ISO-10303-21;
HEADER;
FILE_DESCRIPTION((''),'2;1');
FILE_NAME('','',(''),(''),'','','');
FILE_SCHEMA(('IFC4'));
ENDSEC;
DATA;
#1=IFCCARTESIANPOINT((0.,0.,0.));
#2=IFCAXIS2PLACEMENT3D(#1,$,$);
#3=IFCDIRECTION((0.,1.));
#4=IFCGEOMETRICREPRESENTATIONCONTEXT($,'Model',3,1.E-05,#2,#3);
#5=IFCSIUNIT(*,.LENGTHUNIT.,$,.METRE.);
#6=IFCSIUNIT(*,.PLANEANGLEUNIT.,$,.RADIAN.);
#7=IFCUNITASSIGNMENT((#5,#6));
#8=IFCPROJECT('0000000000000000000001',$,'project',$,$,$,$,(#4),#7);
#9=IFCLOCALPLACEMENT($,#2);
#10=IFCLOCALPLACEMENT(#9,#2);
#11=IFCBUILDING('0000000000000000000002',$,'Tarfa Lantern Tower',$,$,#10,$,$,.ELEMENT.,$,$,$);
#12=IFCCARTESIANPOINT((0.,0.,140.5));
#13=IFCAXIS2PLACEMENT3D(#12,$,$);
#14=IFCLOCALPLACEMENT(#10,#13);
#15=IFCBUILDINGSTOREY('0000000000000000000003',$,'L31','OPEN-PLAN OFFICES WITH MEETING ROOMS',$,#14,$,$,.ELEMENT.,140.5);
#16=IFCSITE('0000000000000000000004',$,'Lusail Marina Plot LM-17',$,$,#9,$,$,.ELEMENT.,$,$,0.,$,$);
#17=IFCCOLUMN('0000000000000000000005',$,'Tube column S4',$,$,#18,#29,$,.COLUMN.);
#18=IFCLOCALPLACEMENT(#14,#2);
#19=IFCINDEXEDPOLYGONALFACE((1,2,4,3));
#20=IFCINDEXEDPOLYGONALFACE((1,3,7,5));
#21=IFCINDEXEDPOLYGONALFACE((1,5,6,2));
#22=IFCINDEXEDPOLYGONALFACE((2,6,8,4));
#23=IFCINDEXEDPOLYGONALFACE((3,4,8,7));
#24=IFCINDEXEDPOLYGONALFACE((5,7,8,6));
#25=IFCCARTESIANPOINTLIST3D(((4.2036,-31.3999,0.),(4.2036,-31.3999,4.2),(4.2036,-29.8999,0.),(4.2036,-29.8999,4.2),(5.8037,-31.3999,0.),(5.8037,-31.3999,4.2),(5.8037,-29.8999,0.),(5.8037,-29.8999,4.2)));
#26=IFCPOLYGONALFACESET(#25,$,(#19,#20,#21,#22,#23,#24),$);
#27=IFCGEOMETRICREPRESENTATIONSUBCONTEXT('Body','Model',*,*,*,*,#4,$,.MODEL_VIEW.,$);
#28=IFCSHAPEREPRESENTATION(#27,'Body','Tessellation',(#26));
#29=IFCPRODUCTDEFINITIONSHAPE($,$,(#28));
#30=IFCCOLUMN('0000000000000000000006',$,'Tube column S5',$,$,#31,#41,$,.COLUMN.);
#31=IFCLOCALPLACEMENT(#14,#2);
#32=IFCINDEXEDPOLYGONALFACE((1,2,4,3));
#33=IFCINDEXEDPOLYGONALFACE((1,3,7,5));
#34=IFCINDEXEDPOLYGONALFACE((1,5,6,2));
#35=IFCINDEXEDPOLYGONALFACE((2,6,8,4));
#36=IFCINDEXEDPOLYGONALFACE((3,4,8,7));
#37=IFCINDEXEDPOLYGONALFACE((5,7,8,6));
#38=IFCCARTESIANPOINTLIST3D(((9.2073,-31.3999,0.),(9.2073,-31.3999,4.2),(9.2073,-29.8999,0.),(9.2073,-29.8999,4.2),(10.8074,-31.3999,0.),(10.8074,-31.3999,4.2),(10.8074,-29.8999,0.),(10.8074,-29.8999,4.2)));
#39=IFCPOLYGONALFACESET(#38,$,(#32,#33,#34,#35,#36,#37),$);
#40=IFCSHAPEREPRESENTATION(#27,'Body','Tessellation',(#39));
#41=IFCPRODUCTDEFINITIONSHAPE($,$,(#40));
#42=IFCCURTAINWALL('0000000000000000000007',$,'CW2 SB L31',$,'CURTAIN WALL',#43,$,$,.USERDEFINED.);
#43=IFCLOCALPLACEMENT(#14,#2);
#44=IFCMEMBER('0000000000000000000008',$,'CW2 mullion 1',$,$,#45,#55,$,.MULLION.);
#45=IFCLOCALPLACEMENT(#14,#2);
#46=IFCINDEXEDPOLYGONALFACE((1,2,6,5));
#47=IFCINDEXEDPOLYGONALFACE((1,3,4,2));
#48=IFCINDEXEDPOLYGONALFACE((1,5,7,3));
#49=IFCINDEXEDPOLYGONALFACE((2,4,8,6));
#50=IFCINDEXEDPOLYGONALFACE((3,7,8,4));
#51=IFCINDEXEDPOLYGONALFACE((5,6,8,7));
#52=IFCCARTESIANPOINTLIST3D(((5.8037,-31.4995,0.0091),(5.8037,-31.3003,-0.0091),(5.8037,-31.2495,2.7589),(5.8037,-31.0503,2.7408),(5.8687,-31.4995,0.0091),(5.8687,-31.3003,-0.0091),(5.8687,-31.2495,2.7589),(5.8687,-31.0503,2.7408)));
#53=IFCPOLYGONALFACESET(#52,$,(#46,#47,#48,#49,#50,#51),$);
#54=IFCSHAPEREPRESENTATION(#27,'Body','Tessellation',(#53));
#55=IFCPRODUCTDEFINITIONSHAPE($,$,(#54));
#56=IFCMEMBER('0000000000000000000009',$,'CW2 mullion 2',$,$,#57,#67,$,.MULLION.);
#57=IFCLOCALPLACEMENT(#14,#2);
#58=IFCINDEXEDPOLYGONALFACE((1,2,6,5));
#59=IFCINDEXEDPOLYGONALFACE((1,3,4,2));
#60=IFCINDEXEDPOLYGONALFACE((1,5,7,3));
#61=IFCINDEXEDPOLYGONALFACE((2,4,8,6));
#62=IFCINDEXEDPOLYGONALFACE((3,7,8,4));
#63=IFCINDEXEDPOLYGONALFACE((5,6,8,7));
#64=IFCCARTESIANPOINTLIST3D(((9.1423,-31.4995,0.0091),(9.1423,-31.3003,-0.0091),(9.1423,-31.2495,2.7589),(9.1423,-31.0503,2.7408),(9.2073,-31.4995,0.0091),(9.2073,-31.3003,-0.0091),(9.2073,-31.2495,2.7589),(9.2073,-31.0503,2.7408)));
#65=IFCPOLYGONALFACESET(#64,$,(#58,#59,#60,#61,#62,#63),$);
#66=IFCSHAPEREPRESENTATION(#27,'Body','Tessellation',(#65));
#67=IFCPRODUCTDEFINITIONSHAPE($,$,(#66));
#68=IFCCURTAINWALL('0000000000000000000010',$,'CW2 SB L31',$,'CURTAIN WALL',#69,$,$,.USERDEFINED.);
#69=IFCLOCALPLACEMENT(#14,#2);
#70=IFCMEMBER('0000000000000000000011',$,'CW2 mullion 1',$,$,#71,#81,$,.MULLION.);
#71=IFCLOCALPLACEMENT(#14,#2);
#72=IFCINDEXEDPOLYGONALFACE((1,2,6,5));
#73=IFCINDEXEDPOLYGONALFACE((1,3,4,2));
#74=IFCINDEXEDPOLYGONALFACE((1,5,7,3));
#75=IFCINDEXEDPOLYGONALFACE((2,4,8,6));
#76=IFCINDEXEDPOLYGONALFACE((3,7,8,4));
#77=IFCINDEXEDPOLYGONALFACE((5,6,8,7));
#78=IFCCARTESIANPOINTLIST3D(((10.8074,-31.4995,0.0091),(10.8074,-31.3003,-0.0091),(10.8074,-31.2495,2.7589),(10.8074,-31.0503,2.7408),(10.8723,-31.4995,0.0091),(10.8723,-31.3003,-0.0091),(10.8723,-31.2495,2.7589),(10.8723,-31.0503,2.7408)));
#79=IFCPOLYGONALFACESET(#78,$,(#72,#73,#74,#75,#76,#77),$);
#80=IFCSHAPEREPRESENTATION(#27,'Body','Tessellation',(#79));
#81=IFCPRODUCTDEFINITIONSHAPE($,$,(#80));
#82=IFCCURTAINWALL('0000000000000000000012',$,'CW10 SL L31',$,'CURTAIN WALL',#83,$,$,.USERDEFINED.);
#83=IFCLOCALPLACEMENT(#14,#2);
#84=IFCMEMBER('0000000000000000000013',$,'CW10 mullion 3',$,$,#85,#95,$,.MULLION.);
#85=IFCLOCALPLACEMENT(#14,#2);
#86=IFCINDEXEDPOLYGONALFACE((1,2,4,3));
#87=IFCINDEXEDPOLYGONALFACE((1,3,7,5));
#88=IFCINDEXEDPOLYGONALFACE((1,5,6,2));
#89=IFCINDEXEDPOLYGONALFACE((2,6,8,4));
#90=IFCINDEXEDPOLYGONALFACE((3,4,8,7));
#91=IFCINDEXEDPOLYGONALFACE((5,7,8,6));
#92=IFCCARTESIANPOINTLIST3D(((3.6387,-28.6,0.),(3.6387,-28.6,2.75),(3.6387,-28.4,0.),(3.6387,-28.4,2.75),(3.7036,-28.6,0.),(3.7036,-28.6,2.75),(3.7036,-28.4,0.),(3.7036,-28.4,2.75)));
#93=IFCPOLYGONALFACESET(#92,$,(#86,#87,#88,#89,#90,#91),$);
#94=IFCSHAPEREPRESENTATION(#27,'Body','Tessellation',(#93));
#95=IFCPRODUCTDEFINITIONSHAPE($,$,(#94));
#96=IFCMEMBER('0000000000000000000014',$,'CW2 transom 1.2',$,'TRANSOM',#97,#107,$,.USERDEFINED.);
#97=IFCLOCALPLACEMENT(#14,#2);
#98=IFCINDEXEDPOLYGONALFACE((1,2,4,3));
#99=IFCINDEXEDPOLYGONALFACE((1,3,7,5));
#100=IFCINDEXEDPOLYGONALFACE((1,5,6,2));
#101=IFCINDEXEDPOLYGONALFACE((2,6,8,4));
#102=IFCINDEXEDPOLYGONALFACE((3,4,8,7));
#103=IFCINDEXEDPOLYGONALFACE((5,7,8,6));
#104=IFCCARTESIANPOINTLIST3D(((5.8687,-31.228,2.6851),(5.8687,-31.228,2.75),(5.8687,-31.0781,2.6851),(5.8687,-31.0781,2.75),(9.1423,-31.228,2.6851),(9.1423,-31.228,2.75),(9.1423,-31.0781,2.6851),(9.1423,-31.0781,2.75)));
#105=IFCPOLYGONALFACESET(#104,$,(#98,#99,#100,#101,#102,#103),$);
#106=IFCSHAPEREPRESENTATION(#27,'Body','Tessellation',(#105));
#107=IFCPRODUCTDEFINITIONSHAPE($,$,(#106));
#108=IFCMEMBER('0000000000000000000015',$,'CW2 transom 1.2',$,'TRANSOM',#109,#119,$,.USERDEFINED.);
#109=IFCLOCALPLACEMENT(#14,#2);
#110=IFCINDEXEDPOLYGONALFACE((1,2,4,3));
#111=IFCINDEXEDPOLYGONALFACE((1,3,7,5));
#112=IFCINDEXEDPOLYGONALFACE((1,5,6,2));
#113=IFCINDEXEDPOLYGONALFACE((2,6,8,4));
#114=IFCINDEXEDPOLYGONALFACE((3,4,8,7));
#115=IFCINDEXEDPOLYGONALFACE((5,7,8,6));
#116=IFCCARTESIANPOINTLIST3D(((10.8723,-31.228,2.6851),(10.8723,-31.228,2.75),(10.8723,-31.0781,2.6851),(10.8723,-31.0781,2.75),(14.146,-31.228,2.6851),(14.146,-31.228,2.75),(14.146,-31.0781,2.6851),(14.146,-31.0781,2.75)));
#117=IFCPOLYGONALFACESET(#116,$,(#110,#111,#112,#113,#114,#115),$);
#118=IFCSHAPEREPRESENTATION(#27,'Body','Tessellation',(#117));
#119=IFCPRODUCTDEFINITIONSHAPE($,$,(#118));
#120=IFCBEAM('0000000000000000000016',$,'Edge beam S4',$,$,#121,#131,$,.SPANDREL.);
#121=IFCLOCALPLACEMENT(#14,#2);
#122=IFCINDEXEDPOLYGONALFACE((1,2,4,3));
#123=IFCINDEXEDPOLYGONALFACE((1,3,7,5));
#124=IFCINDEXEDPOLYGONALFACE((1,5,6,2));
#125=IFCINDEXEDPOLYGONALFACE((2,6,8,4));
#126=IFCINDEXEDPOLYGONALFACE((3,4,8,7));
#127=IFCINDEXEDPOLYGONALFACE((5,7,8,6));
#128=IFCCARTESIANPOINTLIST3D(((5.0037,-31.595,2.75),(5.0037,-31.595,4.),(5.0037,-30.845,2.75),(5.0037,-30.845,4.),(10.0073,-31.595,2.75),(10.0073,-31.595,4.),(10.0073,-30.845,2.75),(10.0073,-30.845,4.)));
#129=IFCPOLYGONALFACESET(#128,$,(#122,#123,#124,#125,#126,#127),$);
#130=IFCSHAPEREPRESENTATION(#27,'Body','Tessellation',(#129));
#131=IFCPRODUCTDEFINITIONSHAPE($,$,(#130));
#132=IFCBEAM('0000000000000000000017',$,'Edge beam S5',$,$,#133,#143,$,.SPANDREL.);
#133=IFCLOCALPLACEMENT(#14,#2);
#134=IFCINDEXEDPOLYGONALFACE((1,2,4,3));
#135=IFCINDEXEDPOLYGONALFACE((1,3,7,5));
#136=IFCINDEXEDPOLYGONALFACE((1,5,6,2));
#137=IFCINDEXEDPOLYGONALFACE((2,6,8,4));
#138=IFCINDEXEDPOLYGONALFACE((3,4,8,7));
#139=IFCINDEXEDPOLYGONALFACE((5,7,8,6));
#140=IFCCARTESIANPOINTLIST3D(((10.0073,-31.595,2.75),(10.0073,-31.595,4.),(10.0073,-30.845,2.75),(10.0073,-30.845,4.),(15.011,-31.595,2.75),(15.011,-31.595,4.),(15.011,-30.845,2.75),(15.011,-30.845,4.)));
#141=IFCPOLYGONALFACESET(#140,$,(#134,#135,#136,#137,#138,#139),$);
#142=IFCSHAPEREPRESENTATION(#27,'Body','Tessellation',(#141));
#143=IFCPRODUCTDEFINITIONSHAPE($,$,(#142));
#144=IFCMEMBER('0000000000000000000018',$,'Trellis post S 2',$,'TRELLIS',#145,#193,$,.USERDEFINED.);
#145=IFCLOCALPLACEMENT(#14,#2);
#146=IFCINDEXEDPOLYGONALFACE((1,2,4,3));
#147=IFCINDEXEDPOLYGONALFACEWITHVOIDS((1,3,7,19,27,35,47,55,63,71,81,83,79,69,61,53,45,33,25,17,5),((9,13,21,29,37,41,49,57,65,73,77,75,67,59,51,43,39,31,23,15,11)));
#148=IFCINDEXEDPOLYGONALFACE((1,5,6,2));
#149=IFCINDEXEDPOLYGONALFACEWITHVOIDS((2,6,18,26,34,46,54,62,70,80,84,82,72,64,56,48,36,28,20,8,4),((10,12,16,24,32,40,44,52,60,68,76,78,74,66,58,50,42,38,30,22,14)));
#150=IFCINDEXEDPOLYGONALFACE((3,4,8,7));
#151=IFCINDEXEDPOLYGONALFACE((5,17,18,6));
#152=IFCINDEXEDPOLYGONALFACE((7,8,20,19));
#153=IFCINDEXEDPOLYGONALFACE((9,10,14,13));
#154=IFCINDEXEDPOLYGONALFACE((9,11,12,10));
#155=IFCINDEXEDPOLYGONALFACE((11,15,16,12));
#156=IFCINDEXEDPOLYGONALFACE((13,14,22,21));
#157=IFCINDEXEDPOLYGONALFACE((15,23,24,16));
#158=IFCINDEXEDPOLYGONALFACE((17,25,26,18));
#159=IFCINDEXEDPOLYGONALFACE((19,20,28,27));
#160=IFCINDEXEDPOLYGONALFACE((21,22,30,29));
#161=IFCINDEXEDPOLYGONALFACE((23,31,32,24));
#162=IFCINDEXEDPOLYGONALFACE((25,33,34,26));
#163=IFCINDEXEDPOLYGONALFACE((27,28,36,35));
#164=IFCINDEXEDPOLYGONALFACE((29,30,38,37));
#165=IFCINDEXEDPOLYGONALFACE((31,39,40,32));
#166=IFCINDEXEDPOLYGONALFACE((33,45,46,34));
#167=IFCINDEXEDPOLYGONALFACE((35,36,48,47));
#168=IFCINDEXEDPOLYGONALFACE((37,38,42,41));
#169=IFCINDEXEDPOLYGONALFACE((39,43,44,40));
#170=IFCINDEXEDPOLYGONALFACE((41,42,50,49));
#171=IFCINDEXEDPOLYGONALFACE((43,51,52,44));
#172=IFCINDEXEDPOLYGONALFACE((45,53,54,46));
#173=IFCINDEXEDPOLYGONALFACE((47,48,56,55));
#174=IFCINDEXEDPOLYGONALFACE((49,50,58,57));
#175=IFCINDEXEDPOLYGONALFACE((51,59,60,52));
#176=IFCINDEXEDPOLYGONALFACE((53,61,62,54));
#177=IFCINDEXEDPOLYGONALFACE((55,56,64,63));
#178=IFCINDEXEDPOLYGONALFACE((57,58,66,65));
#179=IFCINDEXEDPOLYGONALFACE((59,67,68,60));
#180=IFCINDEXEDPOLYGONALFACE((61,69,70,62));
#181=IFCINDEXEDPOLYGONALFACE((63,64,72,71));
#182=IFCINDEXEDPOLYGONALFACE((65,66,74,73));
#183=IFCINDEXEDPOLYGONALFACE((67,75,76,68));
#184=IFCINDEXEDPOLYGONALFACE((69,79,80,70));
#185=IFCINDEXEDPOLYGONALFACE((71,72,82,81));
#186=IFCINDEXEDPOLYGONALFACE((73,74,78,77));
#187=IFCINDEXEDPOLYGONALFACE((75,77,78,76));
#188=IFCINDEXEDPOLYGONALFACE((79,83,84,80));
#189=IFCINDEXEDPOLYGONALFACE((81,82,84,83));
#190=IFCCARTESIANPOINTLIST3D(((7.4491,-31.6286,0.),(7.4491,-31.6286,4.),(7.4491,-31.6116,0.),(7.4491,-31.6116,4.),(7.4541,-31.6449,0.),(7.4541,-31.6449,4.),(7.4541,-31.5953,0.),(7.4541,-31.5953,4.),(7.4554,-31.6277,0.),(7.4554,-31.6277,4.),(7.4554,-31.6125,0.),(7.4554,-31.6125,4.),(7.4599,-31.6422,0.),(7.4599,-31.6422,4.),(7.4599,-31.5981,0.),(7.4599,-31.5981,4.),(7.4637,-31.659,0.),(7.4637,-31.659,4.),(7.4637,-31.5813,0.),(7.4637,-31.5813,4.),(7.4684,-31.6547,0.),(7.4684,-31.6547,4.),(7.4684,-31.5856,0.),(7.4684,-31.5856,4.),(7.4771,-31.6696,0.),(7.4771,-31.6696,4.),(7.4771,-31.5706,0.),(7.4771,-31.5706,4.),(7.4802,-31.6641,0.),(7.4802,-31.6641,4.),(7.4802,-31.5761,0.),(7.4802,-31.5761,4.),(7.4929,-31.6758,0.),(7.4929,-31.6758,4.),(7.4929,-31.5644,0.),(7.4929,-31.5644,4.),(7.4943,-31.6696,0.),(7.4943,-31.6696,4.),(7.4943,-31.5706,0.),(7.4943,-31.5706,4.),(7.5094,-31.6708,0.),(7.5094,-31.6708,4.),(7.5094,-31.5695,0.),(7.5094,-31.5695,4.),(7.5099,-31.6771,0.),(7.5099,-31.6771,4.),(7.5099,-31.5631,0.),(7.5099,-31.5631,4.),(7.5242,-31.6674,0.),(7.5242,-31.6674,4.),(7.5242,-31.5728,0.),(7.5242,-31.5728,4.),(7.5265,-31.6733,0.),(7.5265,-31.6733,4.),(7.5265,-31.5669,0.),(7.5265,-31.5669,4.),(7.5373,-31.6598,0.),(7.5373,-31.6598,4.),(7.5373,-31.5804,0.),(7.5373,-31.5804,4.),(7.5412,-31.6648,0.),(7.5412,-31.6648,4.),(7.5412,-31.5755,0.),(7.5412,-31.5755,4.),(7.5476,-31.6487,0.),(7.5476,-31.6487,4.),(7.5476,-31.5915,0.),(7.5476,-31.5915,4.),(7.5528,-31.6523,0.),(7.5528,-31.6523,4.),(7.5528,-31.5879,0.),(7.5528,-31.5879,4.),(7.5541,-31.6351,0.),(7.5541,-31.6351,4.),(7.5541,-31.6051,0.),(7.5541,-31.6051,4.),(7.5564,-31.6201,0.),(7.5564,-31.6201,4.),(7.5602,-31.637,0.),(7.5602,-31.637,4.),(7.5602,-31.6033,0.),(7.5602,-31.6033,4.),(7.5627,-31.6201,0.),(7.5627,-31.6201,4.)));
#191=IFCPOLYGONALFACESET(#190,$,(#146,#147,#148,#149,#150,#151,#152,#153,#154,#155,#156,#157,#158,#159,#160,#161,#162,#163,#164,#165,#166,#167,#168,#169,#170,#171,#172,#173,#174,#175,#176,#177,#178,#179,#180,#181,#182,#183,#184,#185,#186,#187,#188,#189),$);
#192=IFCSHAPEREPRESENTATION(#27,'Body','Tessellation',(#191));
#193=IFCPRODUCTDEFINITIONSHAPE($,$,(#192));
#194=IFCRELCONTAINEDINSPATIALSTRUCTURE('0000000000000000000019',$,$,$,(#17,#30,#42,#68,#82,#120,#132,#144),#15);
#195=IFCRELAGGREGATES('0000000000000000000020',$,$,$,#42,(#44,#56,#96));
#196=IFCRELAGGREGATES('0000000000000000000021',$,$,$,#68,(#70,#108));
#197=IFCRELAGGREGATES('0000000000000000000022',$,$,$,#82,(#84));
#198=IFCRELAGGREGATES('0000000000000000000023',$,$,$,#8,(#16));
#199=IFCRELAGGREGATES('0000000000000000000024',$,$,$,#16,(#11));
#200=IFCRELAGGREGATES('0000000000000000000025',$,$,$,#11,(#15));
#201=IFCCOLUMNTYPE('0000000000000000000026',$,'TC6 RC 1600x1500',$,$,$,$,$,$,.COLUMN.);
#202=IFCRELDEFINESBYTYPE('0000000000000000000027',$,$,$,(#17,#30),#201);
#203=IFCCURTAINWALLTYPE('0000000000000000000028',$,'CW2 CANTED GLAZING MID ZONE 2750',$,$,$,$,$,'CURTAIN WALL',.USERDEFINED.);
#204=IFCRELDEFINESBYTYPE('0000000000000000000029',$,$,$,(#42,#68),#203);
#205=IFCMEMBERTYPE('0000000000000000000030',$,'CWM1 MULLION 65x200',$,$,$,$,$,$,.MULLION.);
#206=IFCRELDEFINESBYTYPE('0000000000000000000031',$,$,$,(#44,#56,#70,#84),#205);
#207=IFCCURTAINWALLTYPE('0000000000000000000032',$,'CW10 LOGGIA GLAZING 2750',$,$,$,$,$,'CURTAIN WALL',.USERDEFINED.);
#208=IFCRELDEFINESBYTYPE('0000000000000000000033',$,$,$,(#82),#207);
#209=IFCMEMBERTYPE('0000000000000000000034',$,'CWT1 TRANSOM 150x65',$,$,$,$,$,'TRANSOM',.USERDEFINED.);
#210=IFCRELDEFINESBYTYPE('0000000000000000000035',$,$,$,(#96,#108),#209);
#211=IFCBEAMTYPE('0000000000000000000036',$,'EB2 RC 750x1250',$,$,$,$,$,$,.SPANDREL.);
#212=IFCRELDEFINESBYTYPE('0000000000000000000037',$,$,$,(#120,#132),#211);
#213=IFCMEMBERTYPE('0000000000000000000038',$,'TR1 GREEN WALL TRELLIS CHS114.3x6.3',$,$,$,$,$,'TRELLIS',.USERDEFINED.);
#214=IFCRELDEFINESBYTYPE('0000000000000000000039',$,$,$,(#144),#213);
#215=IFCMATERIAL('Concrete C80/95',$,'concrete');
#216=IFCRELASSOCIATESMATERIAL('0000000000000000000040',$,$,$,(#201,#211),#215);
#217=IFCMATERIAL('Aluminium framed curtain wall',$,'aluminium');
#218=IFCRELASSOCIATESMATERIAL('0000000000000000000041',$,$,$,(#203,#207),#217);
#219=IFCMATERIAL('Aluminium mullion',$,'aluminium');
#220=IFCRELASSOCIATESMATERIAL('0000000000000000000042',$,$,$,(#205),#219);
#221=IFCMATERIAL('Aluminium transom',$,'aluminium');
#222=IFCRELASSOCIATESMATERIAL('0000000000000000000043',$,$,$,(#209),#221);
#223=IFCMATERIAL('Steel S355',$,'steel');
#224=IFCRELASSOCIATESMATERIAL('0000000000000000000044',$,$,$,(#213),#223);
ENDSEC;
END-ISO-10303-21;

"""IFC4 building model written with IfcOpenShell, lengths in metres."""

from ifc_helpers import new_model, si_unit, direction, frame, origin, origin_2d, place, context, subcontext, project, spatial, rectangle, hollow_circle, extrude, material, material_profile, profile_set, type_object, element, aggregate, save


model = new_model("IFC4")

# Units and contexts
model_context = context("Model", 3, precision=1e-05, world=origin(), true_north=direction((0.0, 1.0)))
body_context = subcontext(model_context, "Body", "Model", "MODEL_VIEW")
ifc_project = project(units=[si_unit("LENGTHUNIT", "METRE"), si_unit("PLANEANGLEUNIT", "RADIAN")], contexts=[model_context])

# Site, building, storey
site_placement = place(None, origin())
site = spatial("IfcSite", under=ifc_project, at=site_placement, Name="Lusail Marina Plot LM-17", CompositionType="ELEMENT", RefElevation=0.0)
building_placement = place(site_placement, origin())
building = spatial("IfcBuilding", under=site, at=building_placement, Name="Tarfa Lantern Tower", CompositionType="ELEMENT")
storey_placement = place(building_placement, frame((0.0, 0.0, 140.5)))
storey = spatial("IfcBuildingStorey", under=building, at=storey_placement, Name="L31", Description="OPEN-PLAN OFFICES WITH MEETING ROOMS", CompositionType="ELEMENT", Elevation=140.5)

# Columns
ifc_material_1 = material(Name="Concrete C80/95", Category="concrete")
ifc_material_profile_1 = material_profile(ifc_material_1, rectangle(XDim=1.6001, YDim=1.5, at=origin_2d()), Name="RC 1600x1500")
ifc_profile_set_1 = profile_set([ifc_material_profile_1], Name="Concrete C80/95")
column_type = type_object("IfcColumnType", Name="TC6 RC 1600x1500", PredefinedType="COLUMN", material=ifc_profile_set_1)
for number, where, z_axis, x_axis, name in (
    (1, (5.0037, -30.6499, 0.0), (0.0, 0.0, 1.0), (1.0, 0.0, 0.0), "Tube column S4"),
    (2, (10.0073, -30.6499, 0.0), (0.0, 0.0, 1.0), (1.0, 0.0, 0.0), "Tube column S5"),
):
    element("IfcColumn", number, at=place(storey_placement, frame(where, z_axis=z_axis, x_axis=x_axis)), inside=storey, type_object=column_type, Name=name, PredefinedType="COLUMN", context=body_context, shape_type="SweptSolid", body=[
        extrude(rectangle(XDim=1.6001, YDim=1.5, at=origin_2d()), origin(), (0.0, 0.0, 1.0), 4.2),
    ])

# Curtain wall, members
ifc_material_2 = material(Name="Aluminium framed curtain wall", Category="aluminium")
curtain_wall_type_1 = type_object("IfcCurtainWallType", Name="CW2 CANTED GLAZING MID ZONE 2750", ElementType="CURTAIN WALL", PredefinedType="USERDEFINED", material=ifc_material_2)
curtain_wall_1_placement = place(storey_placement, origin())
curtain_wall_1 = element("IfcCurtainWall", 3, at=curtain_wall_1_placement, inside=storey, type_object=curtain_wall_type_1, Name="CW2 SB L31", ObjectType="CURTAIN WALL", PredefinedType="USERDEFINED")
ifc_material_3 = material(Name="Aluminium mullion", Category="aluminium")
ifc_material_profile_2 = material_profile(ifc_material_3, rectangle(XDim=0.0649, YDim=0.2, at=origin_2d()), Name="AL MULLION 65x200")
ifc_profile_set_2 = profile_set([ifc_material_profile_2], Name="Aluminium mullion")
member_type_1 = type_object("IfcMemberType", Name="CWM1 MULLION 65x200", PredefinedType="MULLION", material=ifc_profile_set_2)
member_1_placement = place(storey_placement, frame((5.8362, -31.3999, 0.0), z_axis=(0.0, 0.090536, 0.995893), x_axis=(-1.0, 0.0, 0.0)))
member_1 = element("IfcMember", 4, at=member_1_placement, type_object=member_type_1, Name="CW2 mullion 1", PredefinedType="MULLION", context=body_context, shape_type="SweptSolid", body=[
    extrude(rectangle(XDim=0.0649, YDim=0.2, at=origin_2d()), origin(), (0.0, 0.0, 1.0), 2.7612),
])
member_2_placement = place(storey_placement, frame((9.1748, -31.3999, 0.0), z_axis=(0.0, 0.090536, 0.995893), x_axis=(-1.0, 0.0, 0.0)))
member_2 = element("IfcMember", 5, at=member_2_placement, type_object=member_type_1, Name="CW2 mullion 2", PredefinedType="MULLION", context=body_context, shape_type="SweptSolid", body=[
    extrude(rectangle(XDim=0.0649, YDim=0.2, at=origin_2d()), origin(), (0.0, 0.0, 1.0), 2.7612),
])

# Curtain walls, members
curtain_wall_2_placement = place(storey_placement, origin())
curtain_wall_2 = element("IfcCurtainWall", 6, at=curtain_wall_2_placement, inside=storey, type_object=curtain_wall_type_1, Name="CW2 SB L31", ObjectType="CURTAIN WALL", PredefinedType="USERDEFINED")
member_3_placement = place(storey_placement, frame((10.8398, -31.3999, 0.0), z_axis=(0.0, 0.090536, 0.995893), x_axis=(-1.0, 0.0, 0.0)))
member_3 = element("IfcMember", 7, at=member_3_placement, type_object=member_type_1, Name="CW2 mullion 1", PredefinedType="MULLION", context=body_context, shape_type="SweptSolid", body=[
    extrude(rectangle(XDim=0.0649, YDim=0.2, at=origin_2d()), origin(), (0.0, 0.0, 1.0), 2.7612),
])
curtain_wall_type_2 = type_object("IfcCurtainWallType", Name="CW10 LOGGIA GLAZING 2750", ElementType="CURTAIN WALL", PredefinedType="USERDEFINED", material=ifc_material_2)
curtain_wall_3_placement = place(storey_placement, origin())
curtain_wall_3 = element("IfcCurtainWall", 8, at=curtain_wall_3_placement, inside=storey, type_object=curtain_wall_type_2, Name="CW10 SL L31", ObjectType="CURTAIN WALL", PredefinedType="USERDEFINED")
member_4_placement = place(storey_placement, frame((3.6711, -28.5, 0.0), z_axis=(0.0, 0.0, 1.0), x_axis=(1.0, 0.0, 0.0)))
member_4 = element("IfcMember", 9, at=member_4_placement, type_object=member_type_1, Name="CW10 mullion 3", PredefinedType="MULLION", context=body_context, shape_type="SweptSolid", body=[
    extrude(rectangle(XDim=0.0649, YDim=0.2, at=origin_2d()), origin(), (0.0, 0.0, 1.0), 2.75),
])

# Members
ifc_material_4 = material(Name="Aluminium transom", Category="aluminium")
ifc_material_profile_3 = material_profile(ifc_material_4, rectangle(XDim=0.1499, YDim=0.0649, at=origin_2d()), Name="AL TRANSOM 150x65")
ifc_profile_set_3 = profile_set([ifc_material_profile_3], Name="Aluminium transom")
member_type_2 = type_object("IfcMemberType", Name="CWT1 TRANSOM 150x65", ElementType="TRANSOM", PredefinedType="USERDEFINED", material=ifc_profile_set_3)
member_5_placement = place(storey_placement, frame((5.8687, -31.1531, 2.7175), z_axis=(1.0, 0.0, 0.0), x_axis=(0.0, 1.0, 0.0)))
member_5 = element("IfcMember", 10, at=member_5_placement, type_object=member_type_2, Name="CW2 transom 1.2", ObjectType="TRANSOM", PredefinedType="USERDEFINED", context=body_context, shape_type="SweptSolid", body=[
    extrude(rectangle(XDim=0.1499, YDim=0.0649, at=origin_2d()), origin(), (0.0, 0.0, 1.0), 3.2737),
])
member_6_placement = place(storey_placement, frame((10.8723, -31.1531, 2.7175), z_axis=(1.0, 0.0, 0.0), x_axis=(0.0, 1.0, 0.0)))
member_6 = element("IfcMember", 11, at=member_6_placement, type_object=member_type_2, Name="CW2 transom 1.2", ObjectType="TRANSOM", PredefinedType="USERDEFINED", context=body_context, shape_type="SweptSolid", body=[
    extrude(rectangle(XDim=0.1499, YDim=0.0649, at=origin_2d()), origin(), (0.0, 0.0, 1.0), 3.2737),
])

# Beams
ifc_material_profile_4 = material_profile(ifc_material_1, rectangle(XDim=0.75, YDim=1.25, at=origin_2d()), Name="RC 750x1250")
ifc_profile_set_4 = profile_set([ifc_material_profile_4], Name="Concrete C80/95")
beam_type_1 = type_object("IfcBeamType", Name="EB2 RC 750x1250", PredefinedType="SPANDREL", material=ifc_profile_set_4)
for number, where, z_axis, x_axis, name in (
    (12, (5.0037, -31.22, 3.375), (1.0, 0.0, 0.0), (0.0, 1.0, 0.0), "Edge beam S4"),
    (13, (10.0073, -31.22, 3.375), (1.0, 0.0, 0.0), (0.0, 1.0, 0.0), "Edge beam S5"),
):
    element("IfcBeam", number, at=place(storey_placement, frame(where, z_axis=z_axis, x_axis=x_axis)), inside=storey, type_object=beam_type_1, Name=name, PredefinedType="SPANDREL", context=body_context, shape_type="SweptSolid", body=[
        extrude(rectangle(XDim=0.75, YDim=1.25, at=origin_2d()), origin(), (0.0, 0.0, 1.0), 5.0037),
    ])

# Member
ifc_material_5 = material(Name="Steel S355", Category="steel")
ifc_material_profile_5 = material_profile(ifc_material_5, hollow_circle(Radius=0.0571, WallThickness=0.0063, at=origin_2d()), Name="CHS114.3x6.3")
ifc_profile_set_5 = profile_set([ifc_material_profile_5], Name="Steel S355")
member_type_3 = type_object("IfcMemberType", Name="TR1 GREEN WALL TRELLIS CHS114.3x6.3", ElementType="TRELLIS", PredefinedType="USERDEFINED", material=ifc_profile_set_5)
member_7_placement = place(storey_placement, frame((7.5056, -31.6201, 0.0), z_axis=(0.0, 0.0, 1.0), x_axis=(1.0, 0.0, 0.0)))
element("IfcMember", 14, at=member_7_placement, inside=storey, type_object=member_type_3, Name="Trellis post S 2", ObjectType="TRELLIS", PredefinedType="USERDEFINED", context=body_context, shape_type="SweptSolid", body=[
    extrude(hollow_circle(Radius=0.0571, WallThickness=0.0063, at=origin_2d()), origin(), (0.0, 0.0, 1.0), 4.0),
])

aggregate(curtain_wall_1, [member_1, member_2, member_5])
aggregate(curtain_wall_2, [member_3, member_6])
aggregate(curtain_wall_3, [member_4])

save(model, "model.ifc")
